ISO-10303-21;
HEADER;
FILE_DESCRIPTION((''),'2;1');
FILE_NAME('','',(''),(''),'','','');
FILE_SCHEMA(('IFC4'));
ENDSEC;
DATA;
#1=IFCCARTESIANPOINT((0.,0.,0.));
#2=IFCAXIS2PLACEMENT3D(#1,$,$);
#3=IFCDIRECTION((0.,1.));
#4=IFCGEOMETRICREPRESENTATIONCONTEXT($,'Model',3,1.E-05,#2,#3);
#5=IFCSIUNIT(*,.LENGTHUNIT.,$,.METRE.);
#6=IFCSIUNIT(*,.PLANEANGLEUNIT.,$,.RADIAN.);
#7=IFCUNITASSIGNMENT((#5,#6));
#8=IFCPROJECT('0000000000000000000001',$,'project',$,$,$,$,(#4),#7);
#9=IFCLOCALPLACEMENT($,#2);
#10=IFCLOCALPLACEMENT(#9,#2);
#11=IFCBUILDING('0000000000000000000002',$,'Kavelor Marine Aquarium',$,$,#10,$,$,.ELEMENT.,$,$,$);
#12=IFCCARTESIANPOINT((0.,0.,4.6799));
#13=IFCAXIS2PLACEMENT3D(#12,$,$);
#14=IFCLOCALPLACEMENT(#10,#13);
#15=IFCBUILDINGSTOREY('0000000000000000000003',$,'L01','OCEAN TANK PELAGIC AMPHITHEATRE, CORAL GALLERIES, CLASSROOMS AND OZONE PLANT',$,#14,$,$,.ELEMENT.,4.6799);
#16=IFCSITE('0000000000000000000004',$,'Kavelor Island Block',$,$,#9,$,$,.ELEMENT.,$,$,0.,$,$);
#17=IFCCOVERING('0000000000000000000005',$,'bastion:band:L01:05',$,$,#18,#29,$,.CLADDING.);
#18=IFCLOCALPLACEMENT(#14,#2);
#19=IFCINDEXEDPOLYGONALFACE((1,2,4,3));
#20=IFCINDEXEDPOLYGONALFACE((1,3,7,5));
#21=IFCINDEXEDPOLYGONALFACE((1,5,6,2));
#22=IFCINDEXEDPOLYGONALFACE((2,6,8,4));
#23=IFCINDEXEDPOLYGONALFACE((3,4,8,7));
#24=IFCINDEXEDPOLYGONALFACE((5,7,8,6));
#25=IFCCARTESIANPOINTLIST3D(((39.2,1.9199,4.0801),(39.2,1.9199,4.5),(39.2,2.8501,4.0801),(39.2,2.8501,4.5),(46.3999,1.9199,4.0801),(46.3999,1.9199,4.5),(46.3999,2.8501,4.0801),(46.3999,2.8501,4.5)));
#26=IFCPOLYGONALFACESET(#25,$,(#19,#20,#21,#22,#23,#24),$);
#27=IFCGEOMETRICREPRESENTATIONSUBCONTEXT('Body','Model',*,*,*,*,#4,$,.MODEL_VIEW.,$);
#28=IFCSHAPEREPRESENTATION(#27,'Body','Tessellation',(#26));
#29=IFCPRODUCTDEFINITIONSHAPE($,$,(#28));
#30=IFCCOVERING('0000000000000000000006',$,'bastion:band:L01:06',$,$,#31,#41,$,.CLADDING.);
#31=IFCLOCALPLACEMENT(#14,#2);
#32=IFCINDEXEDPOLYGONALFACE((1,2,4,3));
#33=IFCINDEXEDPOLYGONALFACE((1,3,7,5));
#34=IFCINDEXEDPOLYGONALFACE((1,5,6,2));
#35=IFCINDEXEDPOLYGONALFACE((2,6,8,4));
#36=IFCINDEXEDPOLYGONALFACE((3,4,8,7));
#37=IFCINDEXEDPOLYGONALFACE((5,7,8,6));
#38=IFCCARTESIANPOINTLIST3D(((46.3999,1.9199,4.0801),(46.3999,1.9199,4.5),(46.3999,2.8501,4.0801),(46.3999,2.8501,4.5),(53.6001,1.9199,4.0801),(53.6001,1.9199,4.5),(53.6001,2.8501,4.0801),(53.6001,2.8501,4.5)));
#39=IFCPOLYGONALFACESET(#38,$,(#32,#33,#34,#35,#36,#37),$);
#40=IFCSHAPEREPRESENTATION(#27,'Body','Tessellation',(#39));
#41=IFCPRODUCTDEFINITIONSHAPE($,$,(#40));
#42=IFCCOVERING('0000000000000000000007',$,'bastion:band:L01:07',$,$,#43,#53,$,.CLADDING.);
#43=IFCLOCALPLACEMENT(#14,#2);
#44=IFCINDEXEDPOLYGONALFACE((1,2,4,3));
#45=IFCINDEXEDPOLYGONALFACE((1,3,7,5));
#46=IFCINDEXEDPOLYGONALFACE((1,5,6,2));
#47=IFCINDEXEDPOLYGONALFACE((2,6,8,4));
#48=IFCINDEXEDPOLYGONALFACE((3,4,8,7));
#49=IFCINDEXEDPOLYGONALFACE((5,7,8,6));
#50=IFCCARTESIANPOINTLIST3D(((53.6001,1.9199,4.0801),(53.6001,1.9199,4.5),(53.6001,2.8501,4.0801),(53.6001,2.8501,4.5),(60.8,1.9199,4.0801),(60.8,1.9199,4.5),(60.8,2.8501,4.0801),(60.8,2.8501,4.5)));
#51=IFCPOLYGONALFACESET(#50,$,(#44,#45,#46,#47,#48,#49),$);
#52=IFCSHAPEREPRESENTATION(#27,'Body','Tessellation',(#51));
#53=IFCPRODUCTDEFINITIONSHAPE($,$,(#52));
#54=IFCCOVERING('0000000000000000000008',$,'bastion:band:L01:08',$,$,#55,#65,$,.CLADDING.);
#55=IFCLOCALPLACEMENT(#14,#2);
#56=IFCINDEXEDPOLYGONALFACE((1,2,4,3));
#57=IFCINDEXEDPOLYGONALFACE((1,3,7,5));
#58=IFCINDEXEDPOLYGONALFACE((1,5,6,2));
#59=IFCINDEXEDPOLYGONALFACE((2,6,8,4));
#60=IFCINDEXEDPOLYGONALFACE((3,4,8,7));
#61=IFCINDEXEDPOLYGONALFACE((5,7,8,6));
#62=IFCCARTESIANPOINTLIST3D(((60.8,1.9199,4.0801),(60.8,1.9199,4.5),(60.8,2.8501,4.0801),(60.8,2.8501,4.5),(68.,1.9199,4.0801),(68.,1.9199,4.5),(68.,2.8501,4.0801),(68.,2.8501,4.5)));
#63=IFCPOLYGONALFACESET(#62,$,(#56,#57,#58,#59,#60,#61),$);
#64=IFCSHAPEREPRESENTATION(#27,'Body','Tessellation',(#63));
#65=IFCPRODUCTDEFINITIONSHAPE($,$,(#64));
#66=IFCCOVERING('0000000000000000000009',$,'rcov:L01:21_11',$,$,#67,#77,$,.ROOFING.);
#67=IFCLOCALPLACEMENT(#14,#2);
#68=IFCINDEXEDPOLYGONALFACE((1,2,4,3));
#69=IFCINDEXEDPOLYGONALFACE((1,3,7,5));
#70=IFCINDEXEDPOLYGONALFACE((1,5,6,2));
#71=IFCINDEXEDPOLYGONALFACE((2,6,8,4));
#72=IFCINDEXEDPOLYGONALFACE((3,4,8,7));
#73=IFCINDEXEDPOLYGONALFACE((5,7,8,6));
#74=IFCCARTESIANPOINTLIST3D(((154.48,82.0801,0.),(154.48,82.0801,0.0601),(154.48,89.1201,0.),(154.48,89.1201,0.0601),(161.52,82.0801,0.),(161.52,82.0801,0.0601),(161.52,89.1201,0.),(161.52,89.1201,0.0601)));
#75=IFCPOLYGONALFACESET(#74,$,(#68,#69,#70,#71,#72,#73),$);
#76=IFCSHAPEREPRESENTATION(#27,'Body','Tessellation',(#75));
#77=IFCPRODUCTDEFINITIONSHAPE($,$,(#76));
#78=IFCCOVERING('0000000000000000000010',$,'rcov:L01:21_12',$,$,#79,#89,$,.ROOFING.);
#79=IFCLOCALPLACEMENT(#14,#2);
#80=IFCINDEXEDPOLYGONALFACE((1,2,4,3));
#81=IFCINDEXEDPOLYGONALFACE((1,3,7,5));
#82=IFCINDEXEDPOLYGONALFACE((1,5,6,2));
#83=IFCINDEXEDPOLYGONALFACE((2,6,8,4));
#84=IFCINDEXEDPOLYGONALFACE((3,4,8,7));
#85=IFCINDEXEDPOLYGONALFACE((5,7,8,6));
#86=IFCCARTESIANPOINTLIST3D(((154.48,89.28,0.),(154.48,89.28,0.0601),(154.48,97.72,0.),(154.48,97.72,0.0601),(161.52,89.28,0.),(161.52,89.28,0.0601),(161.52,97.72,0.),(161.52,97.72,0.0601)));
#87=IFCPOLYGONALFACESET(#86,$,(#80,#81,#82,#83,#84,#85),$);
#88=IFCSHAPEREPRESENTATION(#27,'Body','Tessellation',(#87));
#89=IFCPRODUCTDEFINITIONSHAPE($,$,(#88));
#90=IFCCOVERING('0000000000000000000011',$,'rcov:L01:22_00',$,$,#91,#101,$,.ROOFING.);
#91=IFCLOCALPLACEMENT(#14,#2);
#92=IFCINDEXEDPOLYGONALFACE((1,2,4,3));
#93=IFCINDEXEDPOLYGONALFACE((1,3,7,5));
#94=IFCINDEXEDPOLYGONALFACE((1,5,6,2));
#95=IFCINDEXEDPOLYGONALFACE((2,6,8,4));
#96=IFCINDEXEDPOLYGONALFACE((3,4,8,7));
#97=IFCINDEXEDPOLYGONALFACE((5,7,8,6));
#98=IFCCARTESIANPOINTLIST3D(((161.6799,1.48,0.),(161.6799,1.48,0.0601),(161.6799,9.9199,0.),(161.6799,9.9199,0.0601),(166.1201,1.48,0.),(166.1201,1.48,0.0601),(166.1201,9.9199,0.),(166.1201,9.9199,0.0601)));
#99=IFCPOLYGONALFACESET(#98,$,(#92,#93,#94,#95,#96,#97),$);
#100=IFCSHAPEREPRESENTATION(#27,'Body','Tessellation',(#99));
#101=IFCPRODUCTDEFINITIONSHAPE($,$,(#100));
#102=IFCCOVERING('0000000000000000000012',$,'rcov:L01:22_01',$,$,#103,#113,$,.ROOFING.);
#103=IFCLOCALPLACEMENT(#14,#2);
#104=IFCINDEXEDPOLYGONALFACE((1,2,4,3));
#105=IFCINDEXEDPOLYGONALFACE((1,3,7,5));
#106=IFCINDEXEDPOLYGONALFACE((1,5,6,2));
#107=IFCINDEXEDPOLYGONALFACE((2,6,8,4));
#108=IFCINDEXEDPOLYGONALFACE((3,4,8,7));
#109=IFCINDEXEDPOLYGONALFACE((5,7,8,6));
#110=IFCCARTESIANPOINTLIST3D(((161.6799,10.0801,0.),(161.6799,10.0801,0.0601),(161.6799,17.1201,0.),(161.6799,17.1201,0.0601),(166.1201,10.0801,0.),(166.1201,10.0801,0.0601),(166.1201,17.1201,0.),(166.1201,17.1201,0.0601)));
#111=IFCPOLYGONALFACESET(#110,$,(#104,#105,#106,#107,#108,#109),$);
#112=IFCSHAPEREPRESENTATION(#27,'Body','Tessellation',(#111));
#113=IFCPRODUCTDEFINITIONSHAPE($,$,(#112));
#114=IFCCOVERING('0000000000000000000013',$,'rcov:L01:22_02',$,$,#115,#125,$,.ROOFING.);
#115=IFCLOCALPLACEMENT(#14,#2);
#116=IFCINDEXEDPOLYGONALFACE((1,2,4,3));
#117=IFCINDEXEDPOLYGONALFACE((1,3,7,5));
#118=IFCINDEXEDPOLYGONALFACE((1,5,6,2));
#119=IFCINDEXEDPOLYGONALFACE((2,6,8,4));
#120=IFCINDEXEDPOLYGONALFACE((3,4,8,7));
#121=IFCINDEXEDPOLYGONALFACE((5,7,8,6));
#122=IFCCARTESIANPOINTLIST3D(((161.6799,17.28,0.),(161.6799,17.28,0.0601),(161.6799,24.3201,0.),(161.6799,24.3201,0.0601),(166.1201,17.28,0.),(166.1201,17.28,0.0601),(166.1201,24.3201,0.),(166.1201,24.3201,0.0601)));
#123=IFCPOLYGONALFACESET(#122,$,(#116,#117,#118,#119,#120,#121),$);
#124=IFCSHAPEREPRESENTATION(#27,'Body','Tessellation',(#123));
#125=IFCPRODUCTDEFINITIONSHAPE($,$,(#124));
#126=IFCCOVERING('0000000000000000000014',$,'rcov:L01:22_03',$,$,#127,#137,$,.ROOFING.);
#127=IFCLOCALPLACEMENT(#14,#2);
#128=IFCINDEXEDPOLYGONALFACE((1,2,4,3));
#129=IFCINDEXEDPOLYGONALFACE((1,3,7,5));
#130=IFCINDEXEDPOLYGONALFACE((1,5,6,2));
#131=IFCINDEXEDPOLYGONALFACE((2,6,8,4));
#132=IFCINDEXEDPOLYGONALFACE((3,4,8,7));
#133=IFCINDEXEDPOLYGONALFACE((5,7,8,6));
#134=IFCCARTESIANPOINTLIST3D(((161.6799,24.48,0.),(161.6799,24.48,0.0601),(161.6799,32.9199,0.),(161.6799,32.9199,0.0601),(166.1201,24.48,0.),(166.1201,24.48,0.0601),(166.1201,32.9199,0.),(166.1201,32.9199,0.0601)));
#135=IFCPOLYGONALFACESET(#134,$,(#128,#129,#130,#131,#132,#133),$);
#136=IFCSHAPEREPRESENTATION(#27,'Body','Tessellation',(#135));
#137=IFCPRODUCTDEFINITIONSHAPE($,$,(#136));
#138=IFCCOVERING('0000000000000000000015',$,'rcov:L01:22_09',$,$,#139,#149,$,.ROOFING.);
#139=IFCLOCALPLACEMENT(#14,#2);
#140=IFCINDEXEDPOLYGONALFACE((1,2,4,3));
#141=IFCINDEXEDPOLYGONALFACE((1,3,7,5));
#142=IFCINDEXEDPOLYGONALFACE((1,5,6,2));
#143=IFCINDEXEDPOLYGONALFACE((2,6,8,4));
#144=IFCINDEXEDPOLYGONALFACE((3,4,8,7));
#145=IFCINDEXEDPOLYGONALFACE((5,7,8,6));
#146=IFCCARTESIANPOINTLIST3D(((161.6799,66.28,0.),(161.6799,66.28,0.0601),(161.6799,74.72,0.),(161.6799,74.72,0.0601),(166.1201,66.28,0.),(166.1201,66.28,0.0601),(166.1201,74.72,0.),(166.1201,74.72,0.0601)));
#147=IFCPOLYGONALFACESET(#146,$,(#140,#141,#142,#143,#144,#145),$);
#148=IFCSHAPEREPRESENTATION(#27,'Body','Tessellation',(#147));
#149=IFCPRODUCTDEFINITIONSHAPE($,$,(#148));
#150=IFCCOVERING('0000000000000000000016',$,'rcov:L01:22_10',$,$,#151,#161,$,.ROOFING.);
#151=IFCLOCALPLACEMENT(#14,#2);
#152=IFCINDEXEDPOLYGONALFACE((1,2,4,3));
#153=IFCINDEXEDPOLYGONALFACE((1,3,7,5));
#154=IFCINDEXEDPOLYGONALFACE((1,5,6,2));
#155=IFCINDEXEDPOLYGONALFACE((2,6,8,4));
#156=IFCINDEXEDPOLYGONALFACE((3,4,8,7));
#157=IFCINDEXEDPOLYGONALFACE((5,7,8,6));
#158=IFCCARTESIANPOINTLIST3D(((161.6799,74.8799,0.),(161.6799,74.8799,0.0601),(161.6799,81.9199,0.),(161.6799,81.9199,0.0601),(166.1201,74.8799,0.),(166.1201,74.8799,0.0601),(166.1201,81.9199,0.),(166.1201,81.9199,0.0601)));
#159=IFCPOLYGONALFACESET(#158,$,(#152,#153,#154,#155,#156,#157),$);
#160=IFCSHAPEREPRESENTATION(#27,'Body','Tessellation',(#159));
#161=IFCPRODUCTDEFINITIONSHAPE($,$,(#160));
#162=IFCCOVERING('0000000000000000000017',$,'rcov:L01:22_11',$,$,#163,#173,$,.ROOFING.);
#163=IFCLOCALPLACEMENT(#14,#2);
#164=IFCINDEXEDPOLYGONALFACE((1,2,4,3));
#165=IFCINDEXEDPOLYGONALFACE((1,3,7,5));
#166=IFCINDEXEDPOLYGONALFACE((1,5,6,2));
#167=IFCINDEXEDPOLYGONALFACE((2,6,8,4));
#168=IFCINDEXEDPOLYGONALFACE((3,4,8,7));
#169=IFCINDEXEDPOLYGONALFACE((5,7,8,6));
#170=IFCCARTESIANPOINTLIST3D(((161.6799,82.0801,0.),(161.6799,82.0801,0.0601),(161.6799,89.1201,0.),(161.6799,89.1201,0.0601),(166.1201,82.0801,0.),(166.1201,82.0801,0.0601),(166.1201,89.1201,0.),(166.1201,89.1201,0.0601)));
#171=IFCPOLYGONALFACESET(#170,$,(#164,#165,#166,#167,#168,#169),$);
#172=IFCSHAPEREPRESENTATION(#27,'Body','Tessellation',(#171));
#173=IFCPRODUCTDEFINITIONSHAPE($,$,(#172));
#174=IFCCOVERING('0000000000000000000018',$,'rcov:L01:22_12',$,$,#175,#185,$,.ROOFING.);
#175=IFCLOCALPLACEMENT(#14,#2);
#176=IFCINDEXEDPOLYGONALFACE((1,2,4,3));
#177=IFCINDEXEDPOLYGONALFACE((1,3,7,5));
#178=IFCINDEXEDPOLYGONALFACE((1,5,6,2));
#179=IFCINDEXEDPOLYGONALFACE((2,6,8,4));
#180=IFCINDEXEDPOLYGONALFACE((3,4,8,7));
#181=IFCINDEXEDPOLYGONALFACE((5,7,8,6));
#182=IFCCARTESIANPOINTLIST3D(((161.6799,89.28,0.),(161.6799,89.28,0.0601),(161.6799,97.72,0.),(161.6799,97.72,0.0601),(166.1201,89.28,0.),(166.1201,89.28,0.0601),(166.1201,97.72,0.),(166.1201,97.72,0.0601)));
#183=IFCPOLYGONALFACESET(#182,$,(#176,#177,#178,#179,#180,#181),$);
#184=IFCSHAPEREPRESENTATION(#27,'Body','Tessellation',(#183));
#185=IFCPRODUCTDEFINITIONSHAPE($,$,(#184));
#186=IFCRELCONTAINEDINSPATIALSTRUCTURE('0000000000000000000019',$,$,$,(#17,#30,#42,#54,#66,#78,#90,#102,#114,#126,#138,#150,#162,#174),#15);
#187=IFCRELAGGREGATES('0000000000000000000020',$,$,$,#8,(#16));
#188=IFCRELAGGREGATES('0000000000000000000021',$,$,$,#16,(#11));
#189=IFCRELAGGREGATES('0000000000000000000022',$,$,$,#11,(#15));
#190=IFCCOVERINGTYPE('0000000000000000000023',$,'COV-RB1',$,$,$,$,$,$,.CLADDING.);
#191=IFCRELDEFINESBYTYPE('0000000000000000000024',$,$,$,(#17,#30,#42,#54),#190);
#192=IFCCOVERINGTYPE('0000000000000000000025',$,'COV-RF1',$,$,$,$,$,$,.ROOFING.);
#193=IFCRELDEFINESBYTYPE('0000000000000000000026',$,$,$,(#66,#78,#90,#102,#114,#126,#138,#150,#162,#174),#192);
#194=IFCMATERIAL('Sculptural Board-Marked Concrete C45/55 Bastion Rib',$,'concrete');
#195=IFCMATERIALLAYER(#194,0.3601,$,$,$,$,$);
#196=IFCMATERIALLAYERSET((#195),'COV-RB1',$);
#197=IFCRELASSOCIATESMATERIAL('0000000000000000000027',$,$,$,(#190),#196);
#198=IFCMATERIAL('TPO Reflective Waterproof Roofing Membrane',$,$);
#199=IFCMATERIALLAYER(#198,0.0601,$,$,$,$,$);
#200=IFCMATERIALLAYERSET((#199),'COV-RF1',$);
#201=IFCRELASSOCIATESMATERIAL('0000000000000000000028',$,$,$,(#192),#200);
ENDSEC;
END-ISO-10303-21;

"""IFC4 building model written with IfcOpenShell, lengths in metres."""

from ifc_helpers import new_model, si_unit, direction, frame, origin, place, context, subcontext, project, spatial, polyline, outline, extrude, material, layer, layer_set, type_object, element, save


model = new_model("IFC4")

# Units and contexts
model_context = context("Model", 3, precision=1e-05, world=origin(), true_north=direction((0.0, 1.0)))
body_context = subcontext(model_context, "Body", "Model", "MODEL_VIEW")
ifc_project = project(units=[si_unit("LENGTHUNIT", "METRE"), si_unit("PLANEANGLEUNIT", "RADIAN")], contexts=[model_context])

# Site, building, storey
site_placement = place(None, origin())
site = spatial("IfcSite", under=ifc_project, at=site_placement, Name="Kavelor Island Block", CompositionType="ELEMENT", RefElevation=0.0)
building_placement = place(site_placement, origin())
building = spatial("IfcBuilding", under=site, at=building_placement, Name="Kavelor Marine Aquarium", CompositionType="ELEMENT")
storey_placement = place(building_placement, frame((0.0, 0.0, 4.6799)))
storey = spatial("IfcBuildingStorey", under=building, at=storey_placement, Name="L01", Description="OCEAN TANK PELAGIC AMPHITHEATRE, CORAL GALLERIES, CLASSROOMS AND OZONE PLANT", CompositionType="ELEMENT", Elevation=4.6799)

# Coverings
ifc_material_1 = material(Name="Sculptural Board-Marked Concrete C45/55 Bastion Rib", Category="concrete")
ifc_layer_1 = layer(ifc_material_1, 0.3601)
ifc_layer_set_1 = layer_set([ifc_layer_1], Name="COV-RB1")
covering_type_1 = type_object("IfcCoveringType", Name="COV-RB1", PredefinedType="CLADDING", material=ifc_layer_set_1)
covering_1_placement = place(storey_placement, frame((0.0, 0.0, 4.0801)))
element("IfcCovering", 1, at=covering_1_placement, inside=storey, type_object=covering_type_1, Name="bastion:band:L01:05", PredefinedType="CLADDING", context=body_context, shape_type="SweptSolid", body=[
    extrude(outline(polyline([(39.2, 1.9199), (46.3999, 1.9199), (46.3999, 2.8501), (39.2, 2.8501), (39.2, 1.9199)])), origin(), (0.0, 0.0, 1.0), 0.4199),
])
covering_2_placement = place(storey_placement, frame((0.0, 0.0, 4.0801)))
element("IfcCovering", 2, at=covering_2_placement, inside=storey, type_object=covering_type_1, Name="bastion:band:L01:06", PredefinedType="CLADDING", context=body_context, shape_type="SweptSolid", body=[
    extrude(outline(polyline([(46.3999, 1.9199), (53.6001, 1.9199), (53.6001, 2.8501), (46.3999, 2.8501), (46.3999, 1.9199)])), origin(), (0.0, 0.0, 1.0), 0.4199),
])
covering_3_placement = place(storey_placement, frame((0.0, 0.0, 4.0801)))
element("IfcCovering", 3, at=covering_3_placement, inside=storey, type_object=covering_type_1, Name="bastion:band:L01:07", PredefinedType="CLADDING", context=body_context, shape_type="SweptSolid", body=[
    extrude(outline(polyline([(53.6001, 1.9199), (60.8, 1.9199), (60.8, 2.8501), (53.6001, 2.8501), (53.6001, 1.9199)])), origin(), (0.0, 0.0, 1.0), 0.4199),
])
covering_4_placement = place(storey_placement, frame((0.0, 0.0, 4.0801)))
element("IfcCovering", 4, at=covering_4_placement, inside=storey, type_object=covering_type_1, Name="bastion:band:L01:08", PredefinedType="CLADDING", context=body_context, shape_type="SweptSolid", body=[
    extrude(outline(polyline([(60.8, 1.9199), (68.0, 1.9199), (68.0, 2.8501), (60.8, 2.8501), (60.8, 1.9199)])), origin(), (0.0, 0.0, 1.0), 0.4199),
])
ifc_material_2 = material(Name="TPO Reflective Waterproof Roofing Membrane")
ifc_layer_2 = layer(ifc_material_2, 0.0601)
ifc_layer_set_2 = layer_set([ifc_layer_2], Name="COV-RF1")
covering_type_2 = type_object("IfcCoveringType", Name="COV-RF1", PredefinedType="ROOFING", material=ifc_layer_set_2)
covering_5_placement = place(storey_placement, origin())
element("IfcCovering", 5, at=covering_5_placement, inside=storey, type_object=covering_type_2, Name="rcov:L01:21_11", PredefinedType="ROOFING", context=body_context, shape_type="SweptSolid", body=[
    extrude(outline(polyline([(154.48, 82.0801), (161.52, 82.0801), (161.52, 89.1201), (154.48, 89.1201), (154.48, 82.0801)])), origin(), (0.0, 0.0, 1.0), 0.0601),
])
covering_6_placement = place(storey_placement, origin())
element("IfcCovering", 6, at=covering_6_placement, inside=storey, type_object=covering_type_2, Name="rcov:L01:21_12", PredefinedType="ROOFING", context=body_context, shape_type="SweptSolid", body=[
    extrude(outline(polyline([(154.48, 89.28), (161.52, 89.28), (161.52, 97.72), (154.48, 97.72), (154.48, 89.28)])), origin(), (0.0, 0.0, 1.0), 0.0601),
])
covering_7_placement = place(storey_placement, origin())
element("IfcCovering", 7, at=covering_7_placement, inside=storey, type_object=covering_type_2, Name="rcov:L01:22_00", PredefinedType="ROOFING", context=body_context, shape_type="SweptSolid", body=[
    extrude(outline(polyline([(161.6799, 1.48), (166.1201, 1.48), (166.1201, 9.9199), (161.6799, 9.9199), (161.6799, 1.48)])), origin(), (0.0, 0.0, 1.0), 0.0601),
])
covering_8_placement = place(storey_placement, origin())
element("IfcCovering", 8, at=covering_8_placement, inside=storey, type_object=covering_type_2, Name="rcov:L01:22_01", PredefinedType="ROOFING", context=body_context, shape_type="SweptSolid", body=[
    extrude(outline(polyline([(161.6799, 10.0801), (166.1201, 10.0801), (166.1201, 17.1201), (161.6799, 17.1201), (161.6799, 10.0801)])), origin(), (0.0, 0.0, 1.0), 0.0601),
])
covering_9_placement = place(storey_placement, origin())
element("IfcCovering", 9, at=covering_9_placement, inside=storey, type_object=covering_type_2, Name="rcov:L01:22_02", PredefinedType="ROOFING", context=body_context, shape_type="SweptSolid", body=[
    extrude(outline(polyline([(161.6799, 17.28), (166.1201, 17.28), (166.1201, 24.3201), (161.6799, 24.3201), (161.6799, 17.28)])), origin(), (0.0, 0.0, 1.0), 0.0601),
])
covering_10_placement = place(storey_placement, origin())
element("IfcCovering", 10, at=covering_10_placement, inside=storey, type_object=covering_type_2, Name="rcov:L01:22_03", PredefinedType="ROOFING", context=body_context, shape_type="SweptSolid", body=[
    extrude(outline(polyline([(161.6799, 24.48), (166.1201, 24.48), (166.1201, 32.9199), (161.6799, 32.9199), (161.6799, 24.48)])), origin(), (0.0, 0.0, 1.0), 0.0601),
])
covering_11_placement = place(storey_placement, origin())
element("IfcCovering", 11, at=covering_11_placement, inside=storey, type_object=covering_type_2, Name="rcov:L01:22_09", PredefinedType="ROOFING", context=body_context, shape_type="SweptSolid", body=[
    extrude(outline(polyline([(161.6799, 66.28), (166.1201, 66.28), (166.1201, 74.72), (161.6799, 74.72), (161.6799, 66.28)])), origin(), (0.0, 0.0, 1.0), 0.0601),
])
covering_12_placement = place(storey_placement, origin())
element("IfcCovering", 12, at=covering_12_placement, inside=storey, type_object=covering_type_2, Name="rcov:L01:22_10", PredefinedType="ROOFING", context=body_context, shape_type="SweptSolid", body=[
    extrude(outline(polyline([(161.6799, 74.8799), (166.1201, 74.8799), (166.1201, 81.9199), (161.6799, 81.9199), (161.6799, 74.8799)])), origin(), (0.0, 0.0, 1.0), 0.0601),
])
covering_13_placement = place(storey_placement, origin())
element("IfcCovering", 13, at=covering_13_placement, inside=storey, type_object=covering_type_2, Name="rcov:L01:22_11", PredefinedType="ROOFING", context=body_context, shape_type="SweptSolid", body=[
    extrude(outline(polyline([(161.6799, 82.0801), (166.1201, 82.0801), (166.1201, 89.1201), (161.6799, 89.1201), (161.6799, 82.0801)])), origin(), (0.0, 0.0, 1.0), 0.0601),
])
covering_14_placement = place(storey_placement, origin())
element("IfcCovering", 14, at=covering_14_placement, inside=storey, type_object=covering_type_2, Name="rcov:L01:22_12", PredefinedType="ROOFING", context=body_context, shape_type="SweptSolid", body=[
    extrude(outline(polyline([(161.6799, 89.28), (166.1201, 89.28), (166.1201, 97.72), (161.6799, 97.72), (161.6799, 89.28)])), origin(), (0.0, 0.0, 1.0), 0.0601),
])

save(model, "model.ifc")
